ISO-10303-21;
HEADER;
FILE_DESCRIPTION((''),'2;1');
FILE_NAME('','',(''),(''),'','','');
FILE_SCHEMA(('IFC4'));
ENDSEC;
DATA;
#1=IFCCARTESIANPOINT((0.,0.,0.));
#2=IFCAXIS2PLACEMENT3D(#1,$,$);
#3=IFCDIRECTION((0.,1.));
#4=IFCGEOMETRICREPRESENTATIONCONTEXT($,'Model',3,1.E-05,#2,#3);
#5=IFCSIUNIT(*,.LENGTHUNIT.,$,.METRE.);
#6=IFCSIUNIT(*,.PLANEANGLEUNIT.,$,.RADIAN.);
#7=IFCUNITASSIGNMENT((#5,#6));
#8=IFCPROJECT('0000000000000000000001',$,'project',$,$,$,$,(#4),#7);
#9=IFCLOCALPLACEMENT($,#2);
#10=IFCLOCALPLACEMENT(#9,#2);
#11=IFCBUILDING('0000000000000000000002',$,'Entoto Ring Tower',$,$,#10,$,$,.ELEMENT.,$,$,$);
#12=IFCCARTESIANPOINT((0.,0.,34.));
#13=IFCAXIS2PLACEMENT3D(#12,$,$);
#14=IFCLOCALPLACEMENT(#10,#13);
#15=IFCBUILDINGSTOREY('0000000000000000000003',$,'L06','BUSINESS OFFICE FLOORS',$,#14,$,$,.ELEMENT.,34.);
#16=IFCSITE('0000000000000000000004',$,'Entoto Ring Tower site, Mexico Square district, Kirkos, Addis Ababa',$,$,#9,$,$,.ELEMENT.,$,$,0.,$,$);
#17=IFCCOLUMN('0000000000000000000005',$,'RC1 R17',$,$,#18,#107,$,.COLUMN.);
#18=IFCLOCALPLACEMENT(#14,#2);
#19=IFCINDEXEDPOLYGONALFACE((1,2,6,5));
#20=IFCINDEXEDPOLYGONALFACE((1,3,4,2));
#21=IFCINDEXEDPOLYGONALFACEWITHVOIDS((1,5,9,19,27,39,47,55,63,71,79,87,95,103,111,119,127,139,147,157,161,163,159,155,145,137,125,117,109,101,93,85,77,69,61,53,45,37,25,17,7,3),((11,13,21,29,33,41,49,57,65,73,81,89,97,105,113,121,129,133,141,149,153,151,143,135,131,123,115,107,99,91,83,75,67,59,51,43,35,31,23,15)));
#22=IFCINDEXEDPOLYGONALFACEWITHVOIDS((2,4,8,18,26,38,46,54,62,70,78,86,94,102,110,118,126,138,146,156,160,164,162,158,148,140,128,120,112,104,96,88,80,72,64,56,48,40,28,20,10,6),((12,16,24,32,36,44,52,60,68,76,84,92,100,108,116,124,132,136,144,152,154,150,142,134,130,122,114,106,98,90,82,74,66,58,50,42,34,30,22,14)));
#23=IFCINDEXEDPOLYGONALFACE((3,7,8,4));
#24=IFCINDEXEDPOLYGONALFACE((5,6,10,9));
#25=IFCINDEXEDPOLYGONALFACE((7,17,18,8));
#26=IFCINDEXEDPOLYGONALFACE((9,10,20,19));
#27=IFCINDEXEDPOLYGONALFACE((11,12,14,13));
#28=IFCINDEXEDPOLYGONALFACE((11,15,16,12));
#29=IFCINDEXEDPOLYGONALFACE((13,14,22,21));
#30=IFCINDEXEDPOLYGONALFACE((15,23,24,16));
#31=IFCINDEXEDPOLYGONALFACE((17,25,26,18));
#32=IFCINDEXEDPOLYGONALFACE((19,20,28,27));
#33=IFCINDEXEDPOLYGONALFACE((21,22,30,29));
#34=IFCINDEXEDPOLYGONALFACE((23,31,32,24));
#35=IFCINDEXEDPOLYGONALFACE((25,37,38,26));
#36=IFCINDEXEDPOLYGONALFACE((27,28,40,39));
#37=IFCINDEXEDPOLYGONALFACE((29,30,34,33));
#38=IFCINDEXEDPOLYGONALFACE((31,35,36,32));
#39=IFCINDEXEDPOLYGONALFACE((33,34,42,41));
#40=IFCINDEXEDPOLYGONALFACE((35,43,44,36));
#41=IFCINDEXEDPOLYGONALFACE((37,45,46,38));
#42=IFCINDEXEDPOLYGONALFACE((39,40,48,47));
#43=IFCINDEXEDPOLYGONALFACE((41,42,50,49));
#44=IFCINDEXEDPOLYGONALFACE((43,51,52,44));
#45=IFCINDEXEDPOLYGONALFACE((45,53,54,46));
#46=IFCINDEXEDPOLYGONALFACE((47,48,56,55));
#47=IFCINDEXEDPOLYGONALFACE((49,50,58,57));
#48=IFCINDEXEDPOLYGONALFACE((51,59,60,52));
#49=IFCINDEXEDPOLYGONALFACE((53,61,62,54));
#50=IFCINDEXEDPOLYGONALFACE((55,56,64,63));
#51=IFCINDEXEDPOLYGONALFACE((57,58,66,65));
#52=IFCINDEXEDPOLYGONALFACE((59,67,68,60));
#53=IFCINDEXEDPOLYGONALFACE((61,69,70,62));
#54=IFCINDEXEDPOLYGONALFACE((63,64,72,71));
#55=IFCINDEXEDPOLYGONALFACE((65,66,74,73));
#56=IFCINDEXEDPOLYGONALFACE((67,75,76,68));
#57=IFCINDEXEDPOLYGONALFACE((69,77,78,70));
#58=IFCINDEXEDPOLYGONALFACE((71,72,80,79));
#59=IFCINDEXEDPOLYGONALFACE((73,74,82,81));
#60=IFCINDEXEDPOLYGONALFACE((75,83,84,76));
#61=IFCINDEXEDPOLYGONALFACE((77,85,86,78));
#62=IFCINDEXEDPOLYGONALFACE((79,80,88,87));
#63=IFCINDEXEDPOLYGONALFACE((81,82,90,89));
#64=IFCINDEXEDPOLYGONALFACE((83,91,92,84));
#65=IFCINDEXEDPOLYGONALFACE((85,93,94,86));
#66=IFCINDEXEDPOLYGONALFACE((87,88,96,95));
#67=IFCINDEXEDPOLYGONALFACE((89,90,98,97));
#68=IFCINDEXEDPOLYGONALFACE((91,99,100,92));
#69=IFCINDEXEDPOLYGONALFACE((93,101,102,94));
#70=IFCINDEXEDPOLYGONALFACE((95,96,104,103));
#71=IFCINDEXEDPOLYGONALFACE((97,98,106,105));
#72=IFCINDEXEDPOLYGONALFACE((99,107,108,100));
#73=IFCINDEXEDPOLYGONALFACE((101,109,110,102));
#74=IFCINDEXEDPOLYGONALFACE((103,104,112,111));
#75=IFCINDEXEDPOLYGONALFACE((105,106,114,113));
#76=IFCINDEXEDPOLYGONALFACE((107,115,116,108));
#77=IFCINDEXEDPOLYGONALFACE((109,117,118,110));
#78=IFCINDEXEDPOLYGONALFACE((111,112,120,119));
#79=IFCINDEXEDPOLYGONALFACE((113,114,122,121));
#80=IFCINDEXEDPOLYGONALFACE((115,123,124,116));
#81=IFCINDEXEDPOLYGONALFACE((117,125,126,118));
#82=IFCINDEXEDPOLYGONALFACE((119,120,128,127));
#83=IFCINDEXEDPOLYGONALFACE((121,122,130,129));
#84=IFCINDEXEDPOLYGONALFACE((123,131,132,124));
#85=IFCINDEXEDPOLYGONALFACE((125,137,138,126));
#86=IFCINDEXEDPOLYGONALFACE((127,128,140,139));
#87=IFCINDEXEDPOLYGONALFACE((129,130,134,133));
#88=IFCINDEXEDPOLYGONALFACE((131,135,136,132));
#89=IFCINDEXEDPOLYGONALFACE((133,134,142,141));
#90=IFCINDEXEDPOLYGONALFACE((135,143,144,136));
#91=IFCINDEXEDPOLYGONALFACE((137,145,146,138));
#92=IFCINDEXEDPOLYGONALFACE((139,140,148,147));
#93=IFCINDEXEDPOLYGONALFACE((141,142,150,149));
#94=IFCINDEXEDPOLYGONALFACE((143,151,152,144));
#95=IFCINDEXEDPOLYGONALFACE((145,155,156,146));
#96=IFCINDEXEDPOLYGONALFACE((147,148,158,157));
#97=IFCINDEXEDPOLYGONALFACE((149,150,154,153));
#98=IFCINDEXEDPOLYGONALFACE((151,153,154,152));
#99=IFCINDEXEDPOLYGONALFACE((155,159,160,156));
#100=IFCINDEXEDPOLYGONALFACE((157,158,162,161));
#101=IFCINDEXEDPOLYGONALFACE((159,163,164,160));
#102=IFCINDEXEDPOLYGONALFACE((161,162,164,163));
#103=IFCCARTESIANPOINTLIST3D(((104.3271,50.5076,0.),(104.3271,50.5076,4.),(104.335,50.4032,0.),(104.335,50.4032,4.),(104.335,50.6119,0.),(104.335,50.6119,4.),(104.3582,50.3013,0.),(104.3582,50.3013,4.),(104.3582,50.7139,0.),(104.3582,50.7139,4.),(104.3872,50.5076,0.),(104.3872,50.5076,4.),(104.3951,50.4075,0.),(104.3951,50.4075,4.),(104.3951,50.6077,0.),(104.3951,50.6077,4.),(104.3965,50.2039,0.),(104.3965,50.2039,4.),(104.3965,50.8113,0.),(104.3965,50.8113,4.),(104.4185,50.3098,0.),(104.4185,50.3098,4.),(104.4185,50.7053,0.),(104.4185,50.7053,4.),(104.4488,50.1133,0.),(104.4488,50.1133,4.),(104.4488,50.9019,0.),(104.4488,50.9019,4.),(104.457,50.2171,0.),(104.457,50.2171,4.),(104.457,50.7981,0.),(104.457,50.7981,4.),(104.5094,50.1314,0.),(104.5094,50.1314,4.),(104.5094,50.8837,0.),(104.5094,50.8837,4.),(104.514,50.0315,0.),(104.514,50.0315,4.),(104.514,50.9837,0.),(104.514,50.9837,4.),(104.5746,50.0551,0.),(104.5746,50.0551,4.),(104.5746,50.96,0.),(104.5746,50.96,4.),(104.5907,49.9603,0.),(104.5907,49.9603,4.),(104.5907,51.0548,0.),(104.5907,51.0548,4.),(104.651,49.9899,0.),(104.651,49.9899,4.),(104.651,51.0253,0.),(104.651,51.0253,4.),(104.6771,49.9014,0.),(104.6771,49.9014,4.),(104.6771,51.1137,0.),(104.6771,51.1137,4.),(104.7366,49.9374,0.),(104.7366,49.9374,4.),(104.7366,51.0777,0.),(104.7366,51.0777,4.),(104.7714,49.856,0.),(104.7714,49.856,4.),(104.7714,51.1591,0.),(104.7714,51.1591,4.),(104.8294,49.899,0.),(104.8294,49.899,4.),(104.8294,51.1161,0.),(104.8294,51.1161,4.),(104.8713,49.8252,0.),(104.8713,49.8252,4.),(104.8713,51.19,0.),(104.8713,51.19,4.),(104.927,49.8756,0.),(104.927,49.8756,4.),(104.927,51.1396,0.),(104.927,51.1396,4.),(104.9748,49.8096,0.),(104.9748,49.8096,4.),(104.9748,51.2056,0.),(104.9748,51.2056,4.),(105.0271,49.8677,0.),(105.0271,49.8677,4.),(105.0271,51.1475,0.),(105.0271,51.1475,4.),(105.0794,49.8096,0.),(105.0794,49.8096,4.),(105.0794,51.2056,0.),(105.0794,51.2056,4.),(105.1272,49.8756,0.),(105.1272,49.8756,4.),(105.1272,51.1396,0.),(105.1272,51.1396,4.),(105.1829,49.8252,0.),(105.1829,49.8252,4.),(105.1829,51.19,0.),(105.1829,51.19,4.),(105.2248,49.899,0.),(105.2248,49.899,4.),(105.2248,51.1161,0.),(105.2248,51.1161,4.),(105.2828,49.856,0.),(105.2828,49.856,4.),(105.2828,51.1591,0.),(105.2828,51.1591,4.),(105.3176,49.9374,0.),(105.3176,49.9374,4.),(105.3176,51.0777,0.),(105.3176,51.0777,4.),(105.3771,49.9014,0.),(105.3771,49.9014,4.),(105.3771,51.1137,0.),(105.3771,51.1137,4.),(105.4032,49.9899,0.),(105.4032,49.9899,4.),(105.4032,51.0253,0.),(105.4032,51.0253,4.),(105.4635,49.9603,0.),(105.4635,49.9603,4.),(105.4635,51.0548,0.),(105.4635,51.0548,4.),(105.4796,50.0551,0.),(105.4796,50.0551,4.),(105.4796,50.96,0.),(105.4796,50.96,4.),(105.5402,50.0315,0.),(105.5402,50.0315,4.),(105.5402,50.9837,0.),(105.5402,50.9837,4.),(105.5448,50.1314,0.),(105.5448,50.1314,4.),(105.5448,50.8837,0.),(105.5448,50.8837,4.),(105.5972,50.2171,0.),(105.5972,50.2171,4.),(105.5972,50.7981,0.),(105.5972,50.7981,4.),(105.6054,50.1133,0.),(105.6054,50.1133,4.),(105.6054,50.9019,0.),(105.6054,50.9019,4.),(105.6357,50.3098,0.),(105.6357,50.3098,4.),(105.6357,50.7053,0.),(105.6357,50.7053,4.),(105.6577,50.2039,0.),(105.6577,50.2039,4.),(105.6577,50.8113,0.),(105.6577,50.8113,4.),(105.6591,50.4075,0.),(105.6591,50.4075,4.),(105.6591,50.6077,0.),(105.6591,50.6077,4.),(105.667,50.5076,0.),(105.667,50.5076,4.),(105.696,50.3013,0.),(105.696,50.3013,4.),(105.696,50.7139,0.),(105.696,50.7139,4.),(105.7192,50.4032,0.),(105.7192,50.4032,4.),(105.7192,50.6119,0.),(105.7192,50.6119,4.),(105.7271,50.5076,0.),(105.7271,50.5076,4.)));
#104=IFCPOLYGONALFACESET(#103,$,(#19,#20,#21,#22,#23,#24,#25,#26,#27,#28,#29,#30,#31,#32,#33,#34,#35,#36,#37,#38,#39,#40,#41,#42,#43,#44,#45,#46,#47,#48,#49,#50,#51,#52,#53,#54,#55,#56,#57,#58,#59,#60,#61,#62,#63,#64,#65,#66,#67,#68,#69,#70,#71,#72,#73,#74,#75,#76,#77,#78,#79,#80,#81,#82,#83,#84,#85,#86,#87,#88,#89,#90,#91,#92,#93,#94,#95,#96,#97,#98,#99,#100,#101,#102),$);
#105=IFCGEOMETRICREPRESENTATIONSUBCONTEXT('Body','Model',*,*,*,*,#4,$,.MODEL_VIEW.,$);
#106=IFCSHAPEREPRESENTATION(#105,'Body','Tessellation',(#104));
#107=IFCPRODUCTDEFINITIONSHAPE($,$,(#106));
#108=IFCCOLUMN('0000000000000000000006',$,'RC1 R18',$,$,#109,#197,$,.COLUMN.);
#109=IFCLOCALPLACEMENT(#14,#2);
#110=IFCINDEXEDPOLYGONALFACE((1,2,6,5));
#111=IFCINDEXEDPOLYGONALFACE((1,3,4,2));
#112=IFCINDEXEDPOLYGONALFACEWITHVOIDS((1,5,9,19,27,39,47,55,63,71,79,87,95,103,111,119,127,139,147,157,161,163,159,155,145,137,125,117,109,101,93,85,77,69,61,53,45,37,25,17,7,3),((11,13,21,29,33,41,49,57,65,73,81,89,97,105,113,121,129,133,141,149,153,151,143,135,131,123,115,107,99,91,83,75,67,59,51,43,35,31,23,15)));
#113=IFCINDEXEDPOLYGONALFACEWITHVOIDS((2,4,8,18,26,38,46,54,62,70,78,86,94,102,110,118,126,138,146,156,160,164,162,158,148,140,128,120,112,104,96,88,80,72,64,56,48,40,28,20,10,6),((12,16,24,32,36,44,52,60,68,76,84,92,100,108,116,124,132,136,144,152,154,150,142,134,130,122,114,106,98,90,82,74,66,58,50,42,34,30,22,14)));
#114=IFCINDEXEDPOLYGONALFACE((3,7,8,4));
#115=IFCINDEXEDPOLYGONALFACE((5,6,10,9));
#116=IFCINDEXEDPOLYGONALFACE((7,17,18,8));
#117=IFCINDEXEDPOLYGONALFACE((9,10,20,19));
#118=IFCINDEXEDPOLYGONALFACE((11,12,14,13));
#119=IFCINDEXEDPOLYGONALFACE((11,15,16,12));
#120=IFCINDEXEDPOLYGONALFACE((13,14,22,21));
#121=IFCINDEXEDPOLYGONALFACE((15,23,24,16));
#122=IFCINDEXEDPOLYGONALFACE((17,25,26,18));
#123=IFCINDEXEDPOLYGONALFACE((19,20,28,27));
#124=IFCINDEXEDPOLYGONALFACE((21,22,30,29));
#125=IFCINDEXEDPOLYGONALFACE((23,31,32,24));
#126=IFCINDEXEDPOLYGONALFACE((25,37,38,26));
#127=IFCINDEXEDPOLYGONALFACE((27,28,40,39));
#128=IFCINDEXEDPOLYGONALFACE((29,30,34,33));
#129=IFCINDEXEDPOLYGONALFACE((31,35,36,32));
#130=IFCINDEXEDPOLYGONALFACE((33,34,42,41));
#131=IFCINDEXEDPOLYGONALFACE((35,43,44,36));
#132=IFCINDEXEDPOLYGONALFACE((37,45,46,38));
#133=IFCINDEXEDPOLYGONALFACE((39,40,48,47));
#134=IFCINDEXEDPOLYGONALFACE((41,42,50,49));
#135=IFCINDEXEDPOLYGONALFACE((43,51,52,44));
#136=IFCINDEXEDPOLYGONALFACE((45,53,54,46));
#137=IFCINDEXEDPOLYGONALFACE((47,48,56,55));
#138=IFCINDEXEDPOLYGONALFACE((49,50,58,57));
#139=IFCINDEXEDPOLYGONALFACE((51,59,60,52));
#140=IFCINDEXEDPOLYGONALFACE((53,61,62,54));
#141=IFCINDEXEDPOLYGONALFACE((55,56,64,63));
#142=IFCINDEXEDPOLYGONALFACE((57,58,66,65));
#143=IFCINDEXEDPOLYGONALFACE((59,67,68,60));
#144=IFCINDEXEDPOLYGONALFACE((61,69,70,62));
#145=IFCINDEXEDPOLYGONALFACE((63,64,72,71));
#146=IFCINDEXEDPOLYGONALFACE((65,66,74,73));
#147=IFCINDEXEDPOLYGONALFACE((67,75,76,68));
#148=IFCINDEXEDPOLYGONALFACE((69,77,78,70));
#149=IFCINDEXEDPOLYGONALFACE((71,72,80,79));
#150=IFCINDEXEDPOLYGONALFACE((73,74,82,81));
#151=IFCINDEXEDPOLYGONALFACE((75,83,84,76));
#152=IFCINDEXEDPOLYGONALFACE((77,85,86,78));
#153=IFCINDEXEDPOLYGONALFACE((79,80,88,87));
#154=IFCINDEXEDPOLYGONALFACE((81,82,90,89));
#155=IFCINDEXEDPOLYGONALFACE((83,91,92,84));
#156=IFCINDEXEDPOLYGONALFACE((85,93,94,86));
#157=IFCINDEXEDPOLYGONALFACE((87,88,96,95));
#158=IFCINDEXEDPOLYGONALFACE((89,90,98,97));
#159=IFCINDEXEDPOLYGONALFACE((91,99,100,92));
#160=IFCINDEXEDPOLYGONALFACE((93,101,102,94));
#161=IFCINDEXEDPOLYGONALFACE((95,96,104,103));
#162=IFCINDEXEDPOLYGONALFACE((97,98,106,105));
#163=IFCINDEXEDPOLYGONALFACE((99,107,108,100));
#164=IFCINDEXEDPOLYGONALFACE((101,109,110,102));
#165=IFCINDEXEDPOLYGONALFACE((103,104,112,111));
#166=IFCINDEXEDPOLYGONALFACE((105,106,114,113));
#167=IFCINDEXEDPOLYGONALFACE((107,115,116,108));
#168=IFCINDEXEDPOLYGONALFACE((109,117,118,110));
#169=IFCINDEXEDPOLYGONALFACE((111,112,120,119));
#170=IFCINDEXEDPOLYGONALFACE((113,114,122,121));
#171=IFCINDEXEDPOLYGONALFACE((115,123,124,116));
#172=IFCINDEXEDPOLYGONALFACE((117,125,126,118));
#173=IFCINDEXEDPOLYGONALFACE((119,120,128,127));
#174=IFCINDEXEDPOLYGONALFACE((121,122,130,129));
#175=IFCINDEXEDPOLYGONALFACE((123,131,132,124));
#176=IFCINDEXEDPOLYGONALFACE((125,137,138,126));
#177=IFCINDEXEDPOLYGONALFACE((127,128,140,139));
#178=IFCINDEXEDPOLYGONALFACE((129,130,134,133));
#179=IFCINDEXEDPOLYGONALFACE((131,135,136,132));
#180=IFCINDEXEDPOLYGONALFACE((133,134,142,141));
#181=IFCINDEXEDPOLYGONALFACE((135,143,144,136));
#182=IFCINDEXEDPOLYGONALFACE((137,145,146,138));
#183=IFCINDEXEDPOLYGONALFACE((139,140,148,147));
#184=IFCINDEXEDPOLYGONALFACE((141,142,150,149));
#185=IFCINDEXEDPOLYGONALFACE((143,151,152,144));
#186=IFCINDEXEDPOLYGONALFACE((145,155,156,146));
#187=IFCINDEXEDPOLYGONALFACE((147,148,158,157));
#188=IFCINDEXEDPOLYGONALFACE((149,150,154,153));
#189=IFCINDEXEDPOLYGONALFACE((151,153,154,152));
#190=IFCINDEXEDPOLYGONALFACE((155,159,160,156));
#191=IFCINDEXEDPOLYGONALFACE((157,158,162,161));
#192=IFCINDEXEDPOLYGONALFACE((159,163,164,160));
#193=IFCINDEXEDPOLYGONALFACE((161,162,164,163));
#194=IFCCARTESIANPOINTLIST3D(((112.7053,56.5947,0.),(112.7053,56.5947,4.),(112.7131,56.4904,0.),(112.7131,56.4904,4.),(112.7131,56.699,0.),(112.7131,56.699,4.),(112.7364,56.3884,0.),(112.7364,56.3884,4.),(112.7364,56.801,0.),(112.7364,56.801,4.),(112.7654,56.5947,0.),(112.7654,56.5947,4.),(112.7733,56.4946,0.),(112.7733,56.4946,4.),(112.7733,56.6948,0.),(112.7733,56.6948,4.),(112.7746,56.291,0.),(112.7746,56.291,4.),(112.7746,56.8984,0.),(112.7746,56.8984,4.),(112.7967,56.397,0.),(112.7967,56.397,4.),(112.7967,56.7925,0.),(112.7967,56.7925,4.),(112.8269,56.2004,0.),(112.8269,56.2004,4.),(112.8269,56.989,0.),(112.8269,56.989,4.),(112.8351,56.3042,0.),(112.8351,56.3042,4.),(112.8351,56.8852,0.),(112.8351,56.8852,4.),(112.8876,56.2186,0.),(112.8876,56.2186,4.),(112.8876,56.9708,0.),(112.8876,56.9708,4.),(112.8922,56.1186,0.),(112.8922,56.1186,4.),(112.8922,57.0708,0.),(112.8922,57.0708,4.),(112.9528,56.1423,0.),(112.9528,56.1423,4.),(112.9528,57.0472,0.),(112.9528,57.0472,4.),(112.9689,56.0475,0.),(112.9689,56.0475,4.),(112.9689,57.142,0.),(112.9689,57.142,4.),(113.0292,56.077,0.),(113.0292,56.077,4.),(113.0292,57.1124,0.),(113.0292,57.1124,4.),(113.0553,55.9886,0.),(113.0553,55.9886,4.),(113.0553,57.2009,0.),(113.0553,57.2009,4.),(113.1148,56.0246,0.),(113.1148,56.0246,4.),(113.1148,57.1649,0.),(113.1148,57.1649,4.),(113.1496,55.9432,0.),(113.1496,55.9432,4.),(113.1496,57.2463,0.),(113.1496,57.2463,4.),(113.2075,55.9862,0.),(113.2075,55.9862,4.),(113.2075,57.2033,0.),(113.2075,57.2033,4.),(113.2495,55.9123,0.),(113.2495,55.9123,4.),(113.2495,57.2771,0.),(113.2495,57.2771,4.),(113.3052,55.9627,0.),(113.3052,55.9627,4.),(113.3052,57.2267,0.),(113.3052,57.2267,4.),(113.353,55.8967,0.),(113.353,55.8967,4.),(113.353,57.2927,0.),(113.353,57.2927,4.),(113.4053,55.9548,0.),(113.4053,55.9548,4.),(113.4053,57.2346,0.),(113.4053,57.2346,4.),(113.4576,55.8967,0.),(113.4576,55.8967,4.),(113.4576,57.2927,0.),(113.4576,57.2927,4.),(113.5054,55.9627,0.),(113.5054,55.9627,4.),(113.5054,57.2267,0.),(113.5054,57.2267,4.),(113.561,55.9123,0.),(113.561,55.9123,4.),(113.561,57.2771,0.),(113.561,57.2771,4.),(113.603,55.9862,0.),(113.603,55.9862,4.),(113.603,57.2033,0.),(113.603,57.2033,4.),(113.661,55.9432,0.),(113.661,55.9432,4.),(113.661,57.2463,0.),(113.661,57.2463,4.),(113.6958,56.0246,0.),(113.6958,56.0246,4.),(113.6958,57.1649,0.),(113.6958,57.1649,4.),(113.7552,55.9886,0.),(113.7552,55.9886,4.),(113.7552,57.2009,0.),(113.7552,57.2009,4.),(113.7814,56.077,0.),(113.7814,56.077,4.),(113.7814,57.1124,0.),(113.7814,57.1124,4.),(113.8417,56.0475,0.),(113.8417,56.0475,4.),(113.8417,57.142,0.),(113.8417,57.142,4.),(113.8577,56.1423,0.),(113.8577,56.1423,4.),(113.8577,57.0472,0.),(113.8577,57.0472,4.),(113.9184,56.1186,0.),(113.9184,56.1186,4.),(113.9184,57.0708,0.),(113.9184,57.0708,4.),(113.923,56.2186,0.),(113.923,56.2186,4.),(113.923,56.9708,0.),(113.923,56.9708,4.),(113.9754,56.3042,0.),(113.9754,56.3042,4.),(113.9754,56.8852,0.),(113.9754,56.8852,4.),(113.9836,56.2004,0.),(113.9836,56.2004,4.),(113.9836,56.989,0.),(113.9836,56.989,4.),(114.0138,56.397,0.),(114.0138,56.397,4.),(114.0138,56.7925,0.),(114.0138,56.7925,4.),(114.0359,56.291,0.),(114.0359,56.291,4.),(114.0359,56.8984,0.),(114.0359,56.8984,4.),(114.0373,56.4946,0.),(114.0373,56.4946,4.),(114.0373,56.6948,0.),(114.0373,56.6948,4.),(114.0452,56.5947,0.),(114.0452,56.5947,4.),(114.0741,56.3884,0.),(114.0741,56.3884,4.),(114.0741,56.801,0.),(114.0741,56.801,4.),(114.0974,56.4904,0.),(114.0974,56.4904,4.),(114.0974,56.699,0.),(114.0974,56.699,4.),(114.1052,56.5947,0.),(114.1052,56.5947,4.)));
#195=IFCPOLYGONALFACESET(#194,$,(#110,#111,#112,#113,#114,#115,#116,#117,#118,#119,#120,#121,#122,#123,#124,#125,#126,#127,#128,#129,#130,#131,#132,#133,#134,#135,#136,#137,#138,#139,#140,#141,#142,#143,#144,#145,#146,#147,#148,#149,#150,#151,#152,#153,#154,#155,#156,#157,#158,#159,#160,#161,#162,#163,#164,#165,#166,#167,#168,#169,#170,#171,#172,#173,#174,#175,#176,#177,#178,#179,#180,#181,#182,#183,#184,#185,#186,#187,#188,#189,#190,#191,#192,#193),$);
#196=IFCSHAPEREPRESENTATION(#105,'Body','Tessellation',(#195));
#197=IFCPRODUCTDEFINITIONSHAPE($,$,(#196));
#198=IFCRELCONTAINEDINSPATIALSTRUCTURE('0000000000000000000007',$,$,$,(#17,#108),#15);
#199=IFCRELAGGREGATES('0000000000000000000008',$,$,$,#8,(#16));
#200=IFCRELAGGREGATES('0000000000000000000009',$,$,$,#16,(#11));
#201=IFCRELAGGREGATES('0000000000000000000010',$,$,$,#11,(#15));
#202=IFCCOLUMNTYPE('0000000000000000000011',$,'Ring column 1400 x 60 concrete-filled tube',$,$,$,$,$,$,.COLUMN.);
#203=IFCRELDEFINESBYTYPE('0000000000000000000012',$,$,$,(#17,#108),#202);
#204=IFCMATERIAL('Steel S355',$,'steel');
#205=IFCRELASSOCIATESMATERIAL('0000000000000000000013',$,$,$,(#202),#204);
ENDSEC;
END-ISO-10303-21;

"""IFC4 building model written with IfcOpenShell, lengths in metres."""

from ifc_helpers import new_model, si_unit, direction, frame, origin, origin_2d, place, context, subcontext, project, spatial, circle, hollow_circle, extrude, material, material_profile, profile_set, type_object, element, save


model = new_model("IFC4")

# Units and contexts
model_context = context("Model", 3, precision=1e-05, world=origin(), true_north=direction((0.0, 1.0)))
body_context = subcontext(model_context, "Body", "Model", "MODEL_VIEW")
ifc_project = project(units=[si_unit("LENGTHUNIT", "METRE"), si_unit("PLANEANGLEUNIT", "RADIAN")], contexts=[model_context])

# Site, building, storey
site_placement = place(None, origin())
site = spatial("IfcSite", under=ifc_project, at=site_placement, Name="Entoto Ring Tower site, Mexico Square district, Kirkos, Addis Ababa", CompositionType="ELEMENT", RefElevation=0.0)
building_placement = place(site_placement, origin())
building = spatial("IfcBuilding", under=site, at=building_placement, Name="Entoto Ring Tower", CompositionType="ELEMENT")
storey_placement = place(building_placement, frame((0.0, 0.0, 34.0)))
storey = spatial("IfcBuildingStorey", under=building, at=storey_placement, Name="L06", Description="BUSINESS OFFICE FLOORS", CompositionType="ELEMENT", Elevation=34.0)

# Columns
ifc_material_1 = material(Name="Steel S355", Category="steel")
ifc_material_profile_1 = material_profile(ifc_material_1, hollow_circle(Radius=0.7, WallThickness=0.0601, at=origin_2d()), Name="CHS 1400 x 60")
ifc_material_2 = material(Name="Concrete C60/75", Category="concrete")
ifc_material_profile_2 = material_profile(ifc_material_2, circle(Radius=0.6399, at=origin_2d()), Name="Concrete C60/75 infill")
ifc_profile_set_1 = profile_set([ifc_material_profile_1, ifc_material_profile_2], Name="Steel S355")
column_type = type_object("IfcColumnType", Name="Ring column 1400 x 60 concrete-filled tube", PredefinedType="COLUMN", material=ifc_profile_set_1)
for number, where, z_axis, x_axis, name in (
    (1, (105.0271, 50.5076, 0.0), (0.0, 0.0, 1.0), (1.0, 0.0, 0.0), "RC1 R17"),
    (2, (113.4053, 56.5947, 0.0), (0.0, 0.0, 1.0), (1.0, 0.0, 0.0), "RC1 R18"),
):
    element("IfcColumn", number, at=place(storey_placement, frame(where, z_axis=z_axis, x_axis=x_axis)), inside=storey, type_object=column_type, Name=name, PredefinedType="COLUMN", context=body_context, shape_type="SweptSolid", body=[
        extrude(hollow_circle(Radius=0.7, WallThickness=0.0601, at=origin_2d()), origin(), (0.0, 0.0, 1.0), 4.0),
    ])

save(model, "model.ifc")
